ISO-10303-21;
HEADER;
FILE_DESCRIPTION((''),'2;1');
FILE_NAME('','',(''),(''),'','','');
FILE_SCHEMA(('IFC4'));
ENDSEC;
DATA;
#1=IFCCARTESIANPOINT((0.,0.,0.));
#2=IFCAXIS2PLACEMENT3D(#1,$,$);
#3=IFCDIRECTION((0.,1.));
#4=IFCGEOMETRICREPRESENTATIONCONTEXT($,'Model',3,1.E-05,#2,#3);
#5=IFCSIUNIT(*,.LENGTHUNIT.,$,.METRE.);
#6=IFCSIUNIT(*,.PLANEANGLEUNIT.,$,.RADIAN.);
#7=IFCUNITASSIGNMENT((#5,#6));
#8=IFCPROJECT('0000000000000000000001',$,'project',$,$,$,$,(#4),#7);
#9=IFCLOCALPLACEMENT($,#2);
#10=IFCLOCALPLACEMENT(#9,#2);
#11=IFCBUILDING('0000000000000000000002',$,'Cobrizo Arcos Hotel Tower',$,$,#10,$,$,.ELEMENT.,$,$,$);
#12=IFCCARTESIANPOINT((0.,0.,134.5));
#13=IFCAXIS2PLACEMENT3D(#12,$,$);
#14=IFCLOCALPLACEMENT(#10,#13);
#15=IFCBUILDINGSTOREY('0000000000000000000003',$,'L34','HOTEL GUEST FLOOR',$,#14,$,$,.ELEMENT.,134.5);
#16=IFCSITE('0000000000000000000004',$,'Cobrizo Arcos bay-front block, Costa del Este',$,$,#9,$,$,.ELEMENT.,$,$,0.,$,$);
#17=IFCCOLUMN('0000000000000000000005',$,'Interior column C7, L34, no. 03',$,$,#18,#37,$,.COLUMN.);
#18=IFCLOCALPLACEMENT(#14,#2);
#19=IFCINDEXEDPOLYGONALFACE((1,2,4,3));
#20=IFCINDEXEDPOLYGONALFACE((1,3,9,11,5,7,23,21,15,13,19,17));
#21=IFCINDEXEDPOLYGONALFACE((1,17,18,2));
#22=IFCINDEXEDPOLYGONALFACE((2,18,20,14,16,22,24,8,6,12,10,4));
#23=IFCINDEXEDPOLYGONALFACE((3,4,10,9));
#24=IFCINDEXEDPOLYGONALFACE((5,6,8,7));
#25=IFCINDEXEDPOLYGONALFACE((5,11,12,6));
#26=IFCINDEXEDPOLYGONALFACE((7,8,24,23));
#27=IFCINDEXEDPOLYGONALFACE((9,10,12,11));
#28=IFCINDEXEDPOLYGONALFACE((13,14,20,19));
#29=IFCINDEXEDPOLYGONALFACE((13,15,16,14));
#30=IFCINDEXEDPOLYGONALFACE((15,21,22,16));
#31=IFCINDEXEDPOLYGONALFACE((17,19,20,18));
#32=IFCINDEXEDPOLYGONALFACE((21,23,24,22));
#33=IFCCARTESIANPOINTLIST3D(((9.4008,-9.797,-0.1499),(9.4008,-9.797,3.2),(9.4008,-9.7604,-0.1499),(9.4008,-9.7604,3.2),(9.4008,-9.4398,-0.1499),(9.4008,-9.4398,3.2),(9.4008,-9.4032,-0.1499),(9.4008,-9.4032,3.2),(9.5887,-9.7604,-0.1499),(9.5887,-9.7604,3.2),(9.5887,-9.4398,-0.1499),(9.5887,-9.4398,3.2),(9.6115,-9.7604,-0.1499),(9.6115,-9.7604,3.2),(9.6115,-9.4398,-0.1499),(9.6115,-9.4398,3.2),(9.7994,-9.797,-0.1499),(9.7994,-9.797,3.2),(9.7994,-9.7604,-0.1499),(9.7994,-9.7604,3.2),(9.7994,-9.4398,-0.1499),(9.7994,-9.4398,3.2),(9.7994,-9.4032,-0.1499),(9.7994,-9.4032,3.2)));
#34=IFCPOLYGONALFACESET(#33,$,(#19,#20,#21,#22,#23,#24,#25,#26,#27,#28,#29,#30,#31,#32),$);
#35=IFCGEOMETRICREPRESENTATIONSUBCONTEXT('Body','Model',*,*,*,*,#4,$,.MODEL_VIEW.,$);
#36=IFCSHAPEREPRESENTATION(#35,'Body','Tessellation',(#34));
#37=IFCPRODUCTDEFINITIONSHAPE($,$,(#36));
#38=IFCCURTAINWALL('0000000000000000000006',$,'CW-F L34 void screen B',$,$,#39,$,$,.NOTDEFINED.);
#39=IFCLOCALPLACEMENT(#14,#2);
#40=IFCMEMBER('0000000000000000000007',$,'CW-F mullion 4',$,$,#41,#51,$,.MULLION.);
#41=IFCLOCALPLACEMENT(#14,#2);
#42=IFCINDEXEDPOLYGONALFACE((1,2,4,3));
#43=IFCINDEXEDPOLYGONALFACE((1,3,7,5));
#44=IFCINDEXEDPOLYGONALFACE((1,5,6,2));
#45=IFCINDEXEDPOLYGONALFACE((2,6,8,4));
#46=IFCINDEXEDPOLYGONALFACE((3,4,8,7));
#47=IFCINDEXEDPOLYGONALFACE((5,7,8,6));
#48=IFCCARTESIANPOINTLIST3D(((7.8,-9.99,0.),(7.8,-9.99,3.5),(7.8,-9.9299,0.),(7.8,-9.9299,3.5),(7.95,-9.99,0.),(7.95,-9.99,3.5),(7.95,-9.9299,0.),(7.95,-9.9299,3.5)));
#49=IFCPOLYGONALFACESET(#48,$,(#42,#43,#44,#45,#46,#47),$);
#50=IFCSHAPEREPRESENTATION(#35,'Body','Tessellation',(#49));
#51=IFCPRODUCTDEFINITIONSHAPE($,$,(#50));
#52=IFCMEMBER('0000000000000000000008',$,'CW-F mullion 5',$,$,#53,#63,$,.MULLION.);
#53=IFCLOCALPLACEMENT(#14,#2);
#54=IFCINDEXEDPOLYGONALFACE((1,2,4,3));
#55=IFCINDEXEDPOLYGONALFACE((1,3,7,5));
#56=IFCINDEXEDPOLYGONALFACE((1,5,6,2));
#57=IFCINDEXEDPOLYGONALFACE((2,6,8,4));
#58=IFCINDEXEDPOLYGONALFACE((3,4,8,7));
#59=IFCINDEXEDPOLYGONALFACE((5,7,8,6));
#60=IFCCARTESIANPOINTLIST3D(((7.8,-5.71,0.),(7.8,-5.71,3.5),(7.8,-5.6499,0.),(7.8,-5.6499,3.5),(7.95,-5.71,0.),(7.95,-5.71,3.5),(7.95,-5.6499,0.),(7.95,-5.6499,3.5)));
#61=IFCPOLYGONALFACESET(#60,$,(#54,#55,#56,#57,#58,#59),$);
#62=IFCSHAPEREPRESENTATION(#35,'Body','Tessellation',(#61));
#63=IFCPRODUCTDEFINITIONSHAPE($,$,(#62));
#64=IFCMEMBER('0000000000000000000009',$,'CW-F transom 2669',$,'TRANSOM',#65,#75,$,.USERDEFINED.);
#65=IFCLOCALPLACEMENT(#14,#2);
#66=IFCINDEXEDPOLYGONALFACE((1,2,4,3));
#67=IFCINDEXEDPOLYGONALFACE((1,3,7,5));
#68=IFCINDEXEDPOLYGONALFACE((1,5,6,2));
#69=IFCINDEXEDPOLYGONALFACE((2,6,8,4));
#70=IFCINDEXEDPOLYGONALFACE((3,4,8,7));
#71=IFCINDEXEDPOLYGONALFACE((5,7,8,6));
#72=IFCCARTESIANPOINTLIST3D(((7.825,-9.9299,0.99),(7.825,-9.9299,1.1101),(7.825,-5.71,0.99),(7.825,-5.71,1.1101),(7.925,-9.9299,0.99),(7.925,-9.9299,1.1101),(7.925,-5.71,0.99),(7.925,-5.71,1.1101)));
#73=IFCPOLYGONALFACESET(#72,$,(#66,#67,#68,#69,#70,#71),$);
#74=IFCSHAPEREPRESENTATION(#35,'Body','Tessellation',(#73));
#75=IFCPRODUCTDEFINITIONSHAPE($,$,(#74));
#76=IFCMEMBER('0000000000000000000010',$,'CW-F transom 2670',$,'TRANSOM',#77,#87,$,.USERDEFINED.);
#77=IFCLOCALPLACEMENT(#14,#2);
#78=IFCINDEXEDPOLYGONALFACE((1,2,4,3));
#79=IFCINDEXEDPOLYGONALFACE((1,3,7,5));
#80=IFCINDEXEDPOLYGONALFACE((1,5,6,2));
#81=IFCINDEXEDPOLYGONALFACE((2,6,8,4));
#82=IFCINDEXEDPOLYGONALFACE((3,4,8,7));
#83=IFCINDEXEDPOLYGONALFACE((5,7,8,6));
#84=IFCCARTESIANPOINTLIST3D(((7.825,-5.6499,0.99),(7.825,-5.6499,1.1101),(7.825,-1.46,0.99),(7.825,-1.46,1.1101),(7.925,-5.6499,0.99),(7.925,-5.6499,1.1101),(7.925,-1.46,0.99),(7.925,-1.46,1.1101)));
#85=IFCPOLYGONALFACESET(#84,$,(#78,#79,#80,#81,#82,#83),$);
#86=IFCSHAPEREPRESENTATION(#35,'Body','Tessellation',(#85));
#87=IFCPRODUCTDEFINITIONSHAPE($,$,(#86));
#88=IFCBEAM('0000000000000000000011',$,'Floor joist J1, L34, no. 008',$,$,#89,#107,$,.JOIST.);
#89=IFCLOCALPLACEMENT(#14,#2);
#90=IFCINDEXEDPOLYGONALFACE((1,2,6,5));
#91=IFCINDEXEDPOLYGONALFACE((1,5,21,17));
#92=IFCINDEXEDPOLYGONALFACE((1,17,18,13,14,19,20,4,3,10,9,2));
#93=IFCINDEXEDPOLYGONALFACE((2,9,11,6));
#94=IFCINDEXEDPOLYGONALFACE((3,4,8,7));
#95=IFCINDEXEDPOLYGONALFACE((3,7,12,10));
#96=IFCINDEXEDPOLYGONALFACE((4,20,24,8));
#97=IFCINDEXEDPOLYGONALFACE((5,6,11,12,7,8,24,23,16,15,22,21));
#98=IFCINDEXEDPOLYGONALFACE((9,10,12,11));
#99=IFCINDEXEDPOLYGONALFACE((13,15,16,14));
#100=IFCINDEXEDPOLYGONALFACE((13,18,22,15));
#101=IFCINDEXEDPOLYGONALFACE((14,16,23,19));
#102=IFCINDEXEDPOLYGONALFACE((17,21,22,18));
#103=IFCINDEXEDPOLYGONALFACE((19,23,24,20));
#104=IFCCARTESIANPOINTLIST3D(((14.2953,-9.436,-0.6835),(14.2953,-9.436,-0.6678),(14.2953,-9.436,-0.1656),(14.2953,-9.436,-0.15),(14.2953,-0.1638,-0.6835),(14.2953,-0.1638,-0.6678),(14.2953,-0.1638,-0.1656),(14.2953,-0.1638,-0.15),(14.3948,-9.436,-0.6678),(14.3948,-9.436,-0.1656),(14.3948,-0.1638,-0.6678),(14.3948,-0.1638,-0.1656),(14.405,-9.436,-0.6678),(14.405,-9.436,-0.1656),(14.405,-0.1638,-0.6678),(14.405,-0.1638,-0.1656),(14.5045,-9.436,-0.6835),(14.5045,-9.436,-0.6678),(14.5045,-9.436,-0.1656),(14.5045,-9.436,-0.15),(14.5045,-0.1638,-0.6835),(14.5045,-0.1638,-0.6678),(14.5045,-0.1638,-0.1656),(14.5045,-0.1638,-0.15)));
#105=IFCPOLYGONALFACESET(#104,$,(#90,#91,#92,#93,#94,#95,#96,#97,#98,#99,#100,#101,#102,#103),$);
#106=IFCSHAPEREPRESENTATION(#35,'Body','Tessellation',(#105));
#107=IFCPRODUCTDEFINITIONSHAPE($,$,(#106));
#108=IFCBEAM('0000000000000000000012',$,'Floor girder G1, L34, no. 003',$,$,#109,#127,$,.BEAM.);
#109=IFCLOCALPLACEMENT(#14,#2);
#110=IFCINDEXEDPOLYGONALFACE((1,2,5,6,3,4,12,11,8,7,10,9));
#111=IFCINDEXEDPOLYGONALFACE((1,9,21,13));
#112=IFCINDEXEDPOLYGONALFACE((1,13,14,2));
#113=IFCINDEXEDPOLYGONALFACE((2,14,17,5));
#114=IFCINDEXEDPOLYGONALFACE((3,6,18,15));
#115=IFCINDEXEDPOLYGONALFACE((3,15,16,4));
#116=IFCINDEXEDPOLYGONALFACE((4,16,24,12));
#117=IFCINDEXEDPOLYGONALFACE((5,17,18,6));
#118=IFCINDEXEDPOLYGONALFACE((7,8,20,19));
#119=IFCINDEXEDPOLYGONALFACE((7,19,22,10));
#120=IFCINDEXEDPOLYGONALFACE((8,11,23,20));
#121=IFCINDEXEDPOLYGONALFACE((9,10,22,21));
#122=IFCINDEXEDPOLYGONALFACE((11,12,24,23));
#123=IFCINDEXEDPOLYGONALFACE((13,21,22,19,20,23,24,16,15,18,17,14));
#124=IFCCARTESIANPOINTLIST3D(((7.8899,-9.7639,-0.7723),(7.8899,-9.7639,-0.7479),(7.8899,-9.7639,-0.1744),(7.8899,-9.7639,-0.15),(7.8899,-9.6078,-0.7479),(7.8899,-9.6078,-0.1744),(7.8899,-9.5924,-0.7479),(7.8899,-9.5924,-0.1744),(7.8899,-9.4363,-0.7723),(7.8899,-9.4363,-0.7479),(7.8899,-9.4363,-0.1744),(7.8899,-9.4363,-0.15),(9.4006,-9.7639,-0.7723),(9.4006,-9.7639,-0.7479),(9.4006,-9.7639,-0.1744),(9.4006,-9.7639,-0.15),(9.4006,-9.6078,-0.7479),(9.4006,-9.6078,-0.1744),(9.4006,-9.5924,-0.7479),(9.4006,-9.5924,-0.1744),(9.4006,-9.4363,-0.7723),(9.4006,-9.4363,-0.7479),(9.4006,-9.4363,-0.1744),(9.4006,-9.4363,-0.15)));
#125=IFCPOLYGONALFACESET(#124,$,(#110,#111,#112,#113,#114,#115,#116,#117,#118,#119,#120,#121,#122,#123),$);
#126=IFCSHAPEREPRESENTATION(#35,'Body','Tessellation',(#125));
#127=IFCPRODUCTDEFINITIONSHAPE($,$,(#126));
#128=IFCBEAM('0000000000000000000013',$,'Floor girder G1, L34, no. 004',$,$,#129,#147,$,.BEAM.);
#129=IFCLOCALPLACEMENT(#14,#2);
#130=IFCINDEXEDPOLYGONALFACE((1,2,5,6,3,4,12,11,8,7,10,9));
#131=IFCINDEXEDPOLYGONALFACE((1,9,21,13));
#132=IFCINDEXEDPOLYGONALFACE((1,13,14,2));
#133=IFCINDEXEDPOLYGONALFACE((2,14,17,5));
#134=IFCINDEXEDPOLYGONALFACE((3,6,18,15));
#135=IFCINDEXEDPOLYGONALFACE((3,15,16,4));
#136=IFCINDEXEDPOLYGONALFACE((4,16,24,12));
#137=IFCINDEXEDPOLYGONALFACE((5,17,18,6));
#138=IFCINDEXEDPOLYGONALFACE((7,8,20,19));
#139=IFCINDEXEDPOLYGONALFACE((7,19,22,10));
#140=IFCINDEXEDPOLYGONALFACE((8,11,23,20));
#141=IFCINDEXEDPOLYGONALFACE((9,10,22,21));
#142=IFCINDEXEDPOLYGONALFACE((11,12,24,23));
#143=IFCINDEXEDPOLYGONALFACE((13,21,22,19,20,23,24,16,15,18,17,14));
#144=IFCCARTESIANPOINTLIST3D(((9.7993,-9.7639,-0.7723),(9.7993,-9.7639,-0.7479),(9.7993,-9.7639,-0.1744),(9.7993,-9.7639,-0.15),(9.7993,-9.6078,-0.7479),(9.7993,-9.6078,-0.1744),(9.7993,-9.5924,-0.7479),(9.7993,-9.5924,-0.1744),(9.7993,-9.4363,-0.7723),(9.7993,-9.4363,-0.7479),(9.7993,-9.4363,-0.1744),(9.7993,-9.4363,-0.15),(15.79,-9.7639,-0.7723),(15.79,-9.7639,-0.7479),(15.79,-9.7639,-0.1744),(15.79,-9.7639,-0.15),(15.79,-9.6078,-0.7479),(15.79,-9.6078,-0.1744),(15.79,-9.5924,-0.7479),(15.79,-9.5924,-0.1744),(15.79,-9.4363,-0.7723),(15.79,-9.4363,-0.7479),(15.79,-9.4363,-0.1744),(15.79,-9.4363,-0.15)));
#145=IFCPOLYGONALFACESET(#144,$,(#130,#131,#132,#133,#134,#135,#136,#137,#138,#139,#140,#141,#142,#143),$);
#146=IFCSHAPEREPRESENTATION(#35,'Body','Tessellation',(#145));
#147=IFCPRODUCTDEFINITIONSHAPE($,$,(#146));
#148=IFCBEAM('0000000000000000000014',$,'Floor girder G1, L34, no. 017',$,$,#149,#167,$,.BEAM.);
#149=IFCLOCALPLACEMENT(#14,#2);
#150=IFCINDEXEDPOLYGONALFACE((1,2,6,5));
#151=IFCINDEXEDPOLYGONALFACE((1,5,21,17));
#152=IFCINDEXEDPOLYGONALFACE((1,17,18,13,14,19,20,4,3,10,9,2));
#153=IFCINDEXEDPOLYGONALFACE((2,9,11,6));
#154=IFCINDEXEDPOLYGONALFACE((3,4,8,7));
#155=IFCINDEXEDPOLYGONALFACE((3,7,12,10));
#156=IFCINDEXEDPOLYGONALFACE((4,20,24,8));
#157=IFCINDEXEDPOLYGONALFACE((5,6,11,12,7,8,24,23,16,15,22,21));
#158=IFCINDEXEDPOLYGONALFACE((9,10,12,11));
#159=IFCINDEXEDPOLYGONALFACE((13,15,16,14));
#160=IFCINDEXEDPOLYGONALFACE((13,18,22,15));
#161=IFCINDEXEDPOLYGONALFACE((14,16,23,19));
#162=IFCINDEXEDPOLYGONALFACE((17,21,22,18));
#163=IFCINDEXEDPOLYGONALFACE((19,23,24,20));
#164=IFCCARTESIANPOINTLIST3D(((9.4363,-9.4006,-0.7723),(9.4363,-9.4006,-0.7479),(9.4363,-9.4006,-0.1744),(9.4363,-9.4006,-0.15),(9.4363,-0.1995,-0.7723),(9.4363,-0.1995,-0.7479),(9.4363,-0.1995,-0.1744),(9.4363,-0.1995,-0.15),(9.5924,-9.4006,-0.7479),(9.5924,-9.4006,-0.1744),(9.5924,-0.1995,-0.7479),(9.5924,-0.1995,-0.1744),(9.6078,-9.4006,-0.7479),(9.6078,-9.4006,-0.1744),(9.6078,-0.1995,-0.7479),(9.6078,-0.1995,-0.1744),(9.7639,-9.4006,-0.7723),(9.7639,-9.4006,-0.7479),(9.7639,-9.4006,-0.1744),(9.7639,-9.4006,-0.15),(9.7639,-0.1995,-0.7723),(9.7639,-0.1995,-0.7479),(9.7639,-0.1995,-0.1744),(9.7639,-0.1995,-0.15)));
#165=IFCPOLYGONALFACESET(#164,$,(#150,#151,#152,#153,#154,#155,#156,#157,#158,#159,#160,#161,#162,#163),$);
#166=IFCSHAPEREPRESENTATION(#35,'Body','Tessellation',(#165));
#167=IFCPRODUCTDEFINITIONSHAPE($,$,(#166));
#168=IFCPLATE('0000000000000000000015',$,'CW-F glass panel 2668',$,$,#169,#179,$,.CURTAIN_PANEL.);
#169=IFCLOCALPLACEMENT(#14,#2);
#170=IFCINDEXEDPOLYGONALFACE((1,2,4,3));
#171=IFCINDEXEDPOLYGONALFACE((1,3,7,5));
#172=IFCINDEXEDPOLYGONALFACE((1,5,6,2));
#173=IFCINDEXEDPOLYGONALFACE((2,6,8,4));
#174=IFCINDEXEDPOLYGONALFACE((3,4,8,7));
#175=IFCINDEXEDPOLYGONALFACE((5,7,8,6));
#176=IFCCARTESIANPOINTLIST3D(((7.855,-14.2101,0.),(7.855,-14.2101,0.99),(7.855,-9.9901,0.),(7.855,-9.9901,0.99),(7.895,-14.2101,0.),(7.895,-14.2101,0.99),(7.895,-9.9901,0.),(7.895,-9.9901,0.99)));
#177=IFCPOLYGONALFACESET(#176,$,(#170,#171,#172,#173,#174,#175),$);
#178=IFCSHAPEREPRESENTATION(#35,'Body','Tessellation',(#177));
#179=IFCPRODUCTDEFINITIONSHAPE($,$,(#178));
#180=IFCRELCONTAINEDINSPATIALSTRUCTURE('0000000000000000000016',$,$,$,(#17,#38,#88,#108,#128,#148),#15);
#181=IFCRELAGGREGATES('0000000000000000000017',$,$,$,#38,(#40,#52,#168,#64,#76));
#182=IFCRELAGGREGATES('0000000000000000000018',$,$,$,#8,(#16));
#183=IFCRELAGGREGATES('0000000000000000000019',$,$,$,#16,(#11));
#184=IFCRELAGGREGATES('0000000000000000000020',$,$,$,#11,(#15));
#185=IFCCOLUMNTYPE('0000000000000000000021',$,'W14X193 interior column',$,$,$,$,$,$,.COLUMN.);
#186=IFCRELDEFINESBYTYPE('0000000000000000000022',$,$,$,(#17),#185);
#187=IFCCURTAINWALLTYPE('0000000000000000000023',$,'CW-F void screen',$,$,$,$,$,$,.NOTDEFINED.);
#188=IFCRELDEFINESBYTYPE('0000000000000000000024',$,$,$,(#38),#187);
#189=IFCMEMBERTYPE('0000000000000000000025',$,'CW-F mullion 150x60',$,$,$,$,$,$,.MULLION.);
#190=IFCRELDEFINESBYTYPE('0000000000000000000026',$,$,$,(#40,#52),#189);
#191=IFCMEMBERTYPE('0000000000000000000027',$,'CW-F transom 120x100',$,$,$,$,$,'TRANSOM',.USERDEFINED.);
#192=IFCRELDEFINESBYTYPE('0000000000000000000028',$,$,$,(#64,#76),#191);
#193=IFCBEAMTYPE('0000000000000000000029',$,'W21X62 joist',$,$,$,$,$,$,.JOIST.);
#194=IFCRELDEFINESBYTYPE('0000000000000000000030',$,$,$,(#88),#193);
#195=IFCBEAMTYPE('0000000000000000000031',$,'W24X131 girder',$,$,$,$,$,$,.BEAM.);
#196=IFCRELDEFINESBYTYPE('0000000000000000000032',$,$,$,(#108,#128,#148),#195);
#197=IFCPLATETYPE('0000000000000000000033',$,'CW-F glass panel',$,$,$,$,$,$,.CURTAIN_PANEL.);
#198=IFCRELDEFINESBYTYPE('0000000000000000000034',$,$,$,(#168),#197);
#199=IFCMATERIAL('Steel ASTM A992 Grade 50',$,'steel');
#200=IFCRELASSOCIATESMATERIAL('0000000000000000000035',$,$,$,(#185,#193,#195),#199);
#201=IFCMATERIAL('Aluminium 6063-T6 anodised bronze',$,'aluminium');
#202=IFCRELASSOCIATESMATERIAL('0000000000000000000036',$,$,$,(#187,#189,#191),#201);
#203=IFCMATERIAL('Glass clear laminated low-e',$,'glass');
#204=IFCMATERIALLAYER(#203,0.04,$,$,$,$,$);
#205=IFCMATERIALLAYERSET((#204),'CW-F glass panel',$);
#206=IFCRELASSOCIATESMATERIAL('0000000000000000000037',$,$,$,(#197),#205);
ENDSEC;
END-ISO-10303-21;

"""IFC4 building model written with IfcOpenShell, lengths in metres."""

from ifc_helpers import new_model, si_unit, direction, frame, origin, origin_2d, place, context, subcontext, project, spatial, rectangle, i_section, extrude, material, layer, layer_set, material_profile, profile_set, type_object, element, aggregate, save


model = new_model("IFC4")

# Units and contexts
model_context = context("Model", 3, precision=1e-05, world=origin(), true_north=direction((0.0, 1.0)))
body_context = subcontext(model_context, "Body", "Model", "MODEL_VIEW")
ifc_project = project(units=[si_unit("LENGTHUNIT", "METRE"), si_unit("PLANEANGLEUNIT", "RADIAN")], contexts=[model_context])

# Site, building, storey
site_placement = place(None, origin())
site = spatial("IfcSite", under=ifc_project, at=site_placement, Name="Cobrizo Arcos bay-front block, Costa del Este", CompositionType="ELEMENT", RefElevation=0.0)
building_placement = place(site_placement, origin())
building = spatial("IfcBuilding", under=site, at=building_placement, Name="Cobrizo Arcos Hotel Tower", CompositionType="ELEMENT")
storey_placement = place(building_placement, frame((0.0, 0.0, 134.5)))
storey = spatial("IfcBuildingStorey", under=building, at=storey_placement, Name="L34", Description="HOTEL GUEST FLOOR", CompositionType="ELEMENT", Elevation=134.5)

# Column
ifc_material_1 = material(Name="Steel ASTM A992 Grade 50", Category="steel")
ifc_material_profile_1 = material_profile(ifc_material_1, i_section(OverallWidth=0.3987, OverallDepth=0.3938, WebThickness=0.0227, FlangeThickness=0.0366, at=origin_2d()), Name="W14X193")
ifc_profile_set_1 = profile_set([ifc_material_profile_1], Name="Steel ASTM A992 Grade 50")
column_type = type_object("IfcColumnType", Name="W14X193 interior column", PredefinedType="COLUMN", material=ifc_profile_set_1)
column_placement = place(storey_placement, frame((9.6001, -9.6001, -0.1499), z_axis=(0.0, 0.0, 1.0), x_axis=(1.0, 0.0, 0.0)))
element("IfcColumn", 1, at=column_placement, inside=storey, type_object=column_type, Name="Interior column C7, L34, no. 03", PredefinedType="COLUMN", context=body_context, shape_type="SweptSolid", body=[
    extrude(i_section(OverallWidth=0.3987, OverallDepth=0.3938, WebThickness=0.0227, FlangeThickness=0.0366, at=origin_2d()), origin(), (0.0, 0.0, 1.0), 3.3499),
])

# Curtain wall, members
ifc_material_2 = material(Name="Aluminium 6063-T6 anodised bronze", Category="aluminium")
curtain_wall_type = type_object("IfcCurtainWallType", Name="CW-F void screen", PredefinedType="NOTDEFINED", material=ifc_material_2)
curtain_wall_placement = place(storey_placement, origin())
curtain_wall = element("IfcCurtainWall", 2, at=curtain_wall_placement, inside=storey, type_object=curtain_wall_type, Name="CW-F L34 void screen B", PredefinedType="NOTDEFINED")
ifc_material_profile_2 = material_profile(ifc_material_2, rectangle(XDim=0.1499, YDim=0.0601, at=origin_2d()), Name="CW-F mullion 150x60")
ifc_profile_set_2 = profile_set([ifc_material_profile_2], Name="Aluminium 6063-T6 anodised bronze")
member_type_1 = type_object("IfcMemberType", Name="CW-F mullion 150x60", PredefinedType="MULLION", material=ifc_profile_set_2)
member_1_placement = place(storey_placement, frame((7.875, -9.96, 0.0), z_axis=(0.0, 0.0, 1.0), x_axis=(1.0, 0.0, 0.0)))
member_1 = element("IfcMember", 3, at=member_1_placement, type_object=member_type_1, Name="CW-F mullion 4", PredefinedType="MULLION", context=body_context, shape_type="SweptSolid", body=[
    extrude(rectangle(XDim=0.1499, YDim=0.0601, at=origin_2d()), origin(), (0.0, 0.0, 1.0), 3.5),
])
member_2_placement = place(storey_placement, frame((7.875, -5.6799, 0.0), z_axis=(0.0, 0.0, 1.0), x_axis=(1.0, 0.0, 0.0)))
member_2 = element("IfcMember", 4, at=member_2_placement, type_object=member_type_1, Name="CW-F mullion 5", PredefinedType="MULLION", context=body_context, shape_type="SweptSolid", body=[
    extrude(rectangle(XDim=0.1499, YDim=0.0601, at=origin_2d()), origin(), (0.0, 0.0, 1.0), 3.5),
])
ifc_material_profile_3 = material_profile(ifc_material_2, rectangle(XDim=0.1001, YDim=0.1201, at=origin_2d()), Name="CW-F transom 120x100")
ifc_profile_set_3 = profile_set([ifc_material_profile_3], Name="Aluminium 6063-T6 anodised bronze")
member_type_2 = type_object("IfcMemberType", Name="CW-F transom 120x100", ElementType="TRANSOM", PredefinedType="USERDEFINED", material=ifc_profile_set_3)
member_3_placement = place(storey_placement, frame((7.875, -9.9299, 1.05), z_axis=(0.0, 1.0, 0.0), x_axis=(-1.0, 0.0, 0.0)))
member_3 = element("IfcMember", 5, at=member_3_placement, type_object=member_type_2, Name="CW-F transom 2669", ObjectType="TRANSOM", PredefinedType="USERDEFINED", context=body_context, shape_type="SweptSolid", body=[
    extrude(rectangle(XDim=0.1001, YDim=0.1201, at=origin_2d()), origin(), (0.0, 0.0, 1.0), 4.22),
])
member_4_placement = place(storey_placement, frame((7.875, -5.6499, 1.05), z_axis=(0.0, 1.0, 0.0), x_axis=(-1.0, 0.0, 0.0)))
member_4 = element("IfcMember", 6, at=member_4_placement, type_object=member_type_2, Name="CW-F transom 2670", ObjectType="TRANSOM", PredefinedType="USERDEFINED", context=body_context, shape_type="SweptSolid", body=[
    extrude(rectangle(XDim=0.1001, YDim=0.1201, at=origin_2d()), origin(), (0.0, 0.0, 1.0), 4.1899),
])

# Beams
ifc_material_profile_4 = material_profile(ifc_material_1, i_section(OverallWidth=0.2092, OverallDepth=0.5334, WebThickness=0.0103, FlangeThickness=0.0156, at=origin_2d()), Name="W21X62")
ifc_profile_set_4 = profile_set([ifc_material_profile_4], Name="Steel ASTM A992 Grade 50")
beam_type_1 = type_object("IfcBeamType", Name="W21X62 joist", PredefinedType="JOIST", material=ifc_profile_set_4)
beam_1_placement = place(storey_placement, frame((14.3999, -9.436, -0.4167), z_axis=(0.0, 1.0, 0.0), x_axis=(-1.0, 0.0, 0.0)))
element("IfcBeam", 7, at=beam_1_placement, inside=storey, type_object=beam_type_1, Name="Floor joist J1, L34, no. 008", PredefinedType="JOIST", context=body_context, shape_type="SweptSolid", body=[
    extrude(i_section(OverallWidth=0.2092, OverallDepth=0.5334, WebThickness=0.0103, FlangeThickness=0.0156, at=origin_2d()), origin(), (0.0, 0.0, 1.0), 9.2722),
])
ifc_material_profile_5 = material_profile(ifc_material_1, i_section(OverallWidth=0.3276, OverallDepth=0.6223, WebThickness=0.0154, FlangeThickness=0.0244, at=origin_2d()), Name="W24X131")
ifc_profile_set_5 = profile_set([ifc_material_profile_5], Name="Steel ASTM A992 Grade 50")
beam_type_2 = type_object("IfcBeamType", Name="W24X131 girder", PredefinedType="BEAM", material=ifc_profile_set_5)
beam_2_placement = place(storey_placement, frame((7.8899, -9.6001, -0.4612), z_axis=(1.0, 0.0, 0.0), x_axis=(0.0, 1.0, 0.0)))
element("IfcBeam", 8, at=beam_2_placement, inside=storey, type_object=beam_type_2, Name="Floor girder G1, L34, no. 003", PredefinedType="BEAM", context=body_context, shape_type="SweptSolid", body=[
    extrude(i_section(OverallWidth=0.3276, OverallDepth=0.6223, WebThickness=0.0154, FlangeThickness=0.0244, at=origin_2d()), origin(), (0.0, 0.0, 1.0), 1.5107),
])
beam_3_placement = place(storey_placement, frame((9.7993, -9.6001, -0.4612), z_axis=(1.0, 0.0, 0.0), x_axis=(0.0, 1.0, 0.0)))
element("IfcBeam", 9, at=beam_3_placement, inside=storey, type_object=beam_type_2, Name="Floor girder G1, L34, no. 004", PredefinedType="BEAM", context=body_context, shape_type="SweptSolid", body=[
    extrude(i_section(OverallWidth=0.3276, OverallDepth=0.6223, WebThickness=0.0154, FlangeThickness=0.0244, at=origin_2d()), origin(), (0.0, 0.0, 1.0), 5.9907),
])
beam_4_placement = place(storey_placement, frame((9.6001, -9.4006, -0.4612), z_axis=(0.0, 1.0, 0.0), x_axis=(-1.0, 0.0, 0.0)))
element("IfcBeam", 10, at=beam_4_placement, inside=storey, type_object=beam_type_2, Name="Floor girder G1, L34, no. 017", PredefinedType="BEAM", context=body_context, shape_type="SweptSolid", body=[
    extrude(i_section(OverallWidth=0.3276, OverallDepth=0.6223, WebThickness=0.0154, FlangeThickness=0.0244, at=origin_2d()), origin(), (0.0, 0.0, 1.0), 9.2012),
])

# Plate
ifc_material_3 = material(Name="Glass clear laminated low-e", Category="glass")
ifc_layer_1 = layer(ifc_material_3, 0.04)
ifc_layer_set_1 = layer_set([ifc_layer_1], Name="CW-F glass panel")
plate_type = type_object("IfcPlateType", Name="CW-F glass panel", PredefinedType="CURTAIN_PANEL", material=ifc_layer_set_1)
plate_1_placement = place(storey_placement, frame((7.875, -12.1001, 0.0), z_axis=(0.0, 0.0, 1.0), x_axis=(0.0, 1.0, 0.0)))
plate_1 = element("IfcPlate", 11, at=plate_1_placement, type_object=plate_type, Name="CW-F glass panel 2668", PredefinedType="CURTAIN_PANEL", context=body_context, shape_type="SweptSolid", body=[
    extrude(rectangle(XDim=4.22, YDim=0.04, at=origin_2d()), origin(), (0.0, 0.0, 1.0), 0.99),
])
aggregate(curtain_wall, [member_1, member_2, plate_1, member_3, member_4])

save(model, "model.ifc")
